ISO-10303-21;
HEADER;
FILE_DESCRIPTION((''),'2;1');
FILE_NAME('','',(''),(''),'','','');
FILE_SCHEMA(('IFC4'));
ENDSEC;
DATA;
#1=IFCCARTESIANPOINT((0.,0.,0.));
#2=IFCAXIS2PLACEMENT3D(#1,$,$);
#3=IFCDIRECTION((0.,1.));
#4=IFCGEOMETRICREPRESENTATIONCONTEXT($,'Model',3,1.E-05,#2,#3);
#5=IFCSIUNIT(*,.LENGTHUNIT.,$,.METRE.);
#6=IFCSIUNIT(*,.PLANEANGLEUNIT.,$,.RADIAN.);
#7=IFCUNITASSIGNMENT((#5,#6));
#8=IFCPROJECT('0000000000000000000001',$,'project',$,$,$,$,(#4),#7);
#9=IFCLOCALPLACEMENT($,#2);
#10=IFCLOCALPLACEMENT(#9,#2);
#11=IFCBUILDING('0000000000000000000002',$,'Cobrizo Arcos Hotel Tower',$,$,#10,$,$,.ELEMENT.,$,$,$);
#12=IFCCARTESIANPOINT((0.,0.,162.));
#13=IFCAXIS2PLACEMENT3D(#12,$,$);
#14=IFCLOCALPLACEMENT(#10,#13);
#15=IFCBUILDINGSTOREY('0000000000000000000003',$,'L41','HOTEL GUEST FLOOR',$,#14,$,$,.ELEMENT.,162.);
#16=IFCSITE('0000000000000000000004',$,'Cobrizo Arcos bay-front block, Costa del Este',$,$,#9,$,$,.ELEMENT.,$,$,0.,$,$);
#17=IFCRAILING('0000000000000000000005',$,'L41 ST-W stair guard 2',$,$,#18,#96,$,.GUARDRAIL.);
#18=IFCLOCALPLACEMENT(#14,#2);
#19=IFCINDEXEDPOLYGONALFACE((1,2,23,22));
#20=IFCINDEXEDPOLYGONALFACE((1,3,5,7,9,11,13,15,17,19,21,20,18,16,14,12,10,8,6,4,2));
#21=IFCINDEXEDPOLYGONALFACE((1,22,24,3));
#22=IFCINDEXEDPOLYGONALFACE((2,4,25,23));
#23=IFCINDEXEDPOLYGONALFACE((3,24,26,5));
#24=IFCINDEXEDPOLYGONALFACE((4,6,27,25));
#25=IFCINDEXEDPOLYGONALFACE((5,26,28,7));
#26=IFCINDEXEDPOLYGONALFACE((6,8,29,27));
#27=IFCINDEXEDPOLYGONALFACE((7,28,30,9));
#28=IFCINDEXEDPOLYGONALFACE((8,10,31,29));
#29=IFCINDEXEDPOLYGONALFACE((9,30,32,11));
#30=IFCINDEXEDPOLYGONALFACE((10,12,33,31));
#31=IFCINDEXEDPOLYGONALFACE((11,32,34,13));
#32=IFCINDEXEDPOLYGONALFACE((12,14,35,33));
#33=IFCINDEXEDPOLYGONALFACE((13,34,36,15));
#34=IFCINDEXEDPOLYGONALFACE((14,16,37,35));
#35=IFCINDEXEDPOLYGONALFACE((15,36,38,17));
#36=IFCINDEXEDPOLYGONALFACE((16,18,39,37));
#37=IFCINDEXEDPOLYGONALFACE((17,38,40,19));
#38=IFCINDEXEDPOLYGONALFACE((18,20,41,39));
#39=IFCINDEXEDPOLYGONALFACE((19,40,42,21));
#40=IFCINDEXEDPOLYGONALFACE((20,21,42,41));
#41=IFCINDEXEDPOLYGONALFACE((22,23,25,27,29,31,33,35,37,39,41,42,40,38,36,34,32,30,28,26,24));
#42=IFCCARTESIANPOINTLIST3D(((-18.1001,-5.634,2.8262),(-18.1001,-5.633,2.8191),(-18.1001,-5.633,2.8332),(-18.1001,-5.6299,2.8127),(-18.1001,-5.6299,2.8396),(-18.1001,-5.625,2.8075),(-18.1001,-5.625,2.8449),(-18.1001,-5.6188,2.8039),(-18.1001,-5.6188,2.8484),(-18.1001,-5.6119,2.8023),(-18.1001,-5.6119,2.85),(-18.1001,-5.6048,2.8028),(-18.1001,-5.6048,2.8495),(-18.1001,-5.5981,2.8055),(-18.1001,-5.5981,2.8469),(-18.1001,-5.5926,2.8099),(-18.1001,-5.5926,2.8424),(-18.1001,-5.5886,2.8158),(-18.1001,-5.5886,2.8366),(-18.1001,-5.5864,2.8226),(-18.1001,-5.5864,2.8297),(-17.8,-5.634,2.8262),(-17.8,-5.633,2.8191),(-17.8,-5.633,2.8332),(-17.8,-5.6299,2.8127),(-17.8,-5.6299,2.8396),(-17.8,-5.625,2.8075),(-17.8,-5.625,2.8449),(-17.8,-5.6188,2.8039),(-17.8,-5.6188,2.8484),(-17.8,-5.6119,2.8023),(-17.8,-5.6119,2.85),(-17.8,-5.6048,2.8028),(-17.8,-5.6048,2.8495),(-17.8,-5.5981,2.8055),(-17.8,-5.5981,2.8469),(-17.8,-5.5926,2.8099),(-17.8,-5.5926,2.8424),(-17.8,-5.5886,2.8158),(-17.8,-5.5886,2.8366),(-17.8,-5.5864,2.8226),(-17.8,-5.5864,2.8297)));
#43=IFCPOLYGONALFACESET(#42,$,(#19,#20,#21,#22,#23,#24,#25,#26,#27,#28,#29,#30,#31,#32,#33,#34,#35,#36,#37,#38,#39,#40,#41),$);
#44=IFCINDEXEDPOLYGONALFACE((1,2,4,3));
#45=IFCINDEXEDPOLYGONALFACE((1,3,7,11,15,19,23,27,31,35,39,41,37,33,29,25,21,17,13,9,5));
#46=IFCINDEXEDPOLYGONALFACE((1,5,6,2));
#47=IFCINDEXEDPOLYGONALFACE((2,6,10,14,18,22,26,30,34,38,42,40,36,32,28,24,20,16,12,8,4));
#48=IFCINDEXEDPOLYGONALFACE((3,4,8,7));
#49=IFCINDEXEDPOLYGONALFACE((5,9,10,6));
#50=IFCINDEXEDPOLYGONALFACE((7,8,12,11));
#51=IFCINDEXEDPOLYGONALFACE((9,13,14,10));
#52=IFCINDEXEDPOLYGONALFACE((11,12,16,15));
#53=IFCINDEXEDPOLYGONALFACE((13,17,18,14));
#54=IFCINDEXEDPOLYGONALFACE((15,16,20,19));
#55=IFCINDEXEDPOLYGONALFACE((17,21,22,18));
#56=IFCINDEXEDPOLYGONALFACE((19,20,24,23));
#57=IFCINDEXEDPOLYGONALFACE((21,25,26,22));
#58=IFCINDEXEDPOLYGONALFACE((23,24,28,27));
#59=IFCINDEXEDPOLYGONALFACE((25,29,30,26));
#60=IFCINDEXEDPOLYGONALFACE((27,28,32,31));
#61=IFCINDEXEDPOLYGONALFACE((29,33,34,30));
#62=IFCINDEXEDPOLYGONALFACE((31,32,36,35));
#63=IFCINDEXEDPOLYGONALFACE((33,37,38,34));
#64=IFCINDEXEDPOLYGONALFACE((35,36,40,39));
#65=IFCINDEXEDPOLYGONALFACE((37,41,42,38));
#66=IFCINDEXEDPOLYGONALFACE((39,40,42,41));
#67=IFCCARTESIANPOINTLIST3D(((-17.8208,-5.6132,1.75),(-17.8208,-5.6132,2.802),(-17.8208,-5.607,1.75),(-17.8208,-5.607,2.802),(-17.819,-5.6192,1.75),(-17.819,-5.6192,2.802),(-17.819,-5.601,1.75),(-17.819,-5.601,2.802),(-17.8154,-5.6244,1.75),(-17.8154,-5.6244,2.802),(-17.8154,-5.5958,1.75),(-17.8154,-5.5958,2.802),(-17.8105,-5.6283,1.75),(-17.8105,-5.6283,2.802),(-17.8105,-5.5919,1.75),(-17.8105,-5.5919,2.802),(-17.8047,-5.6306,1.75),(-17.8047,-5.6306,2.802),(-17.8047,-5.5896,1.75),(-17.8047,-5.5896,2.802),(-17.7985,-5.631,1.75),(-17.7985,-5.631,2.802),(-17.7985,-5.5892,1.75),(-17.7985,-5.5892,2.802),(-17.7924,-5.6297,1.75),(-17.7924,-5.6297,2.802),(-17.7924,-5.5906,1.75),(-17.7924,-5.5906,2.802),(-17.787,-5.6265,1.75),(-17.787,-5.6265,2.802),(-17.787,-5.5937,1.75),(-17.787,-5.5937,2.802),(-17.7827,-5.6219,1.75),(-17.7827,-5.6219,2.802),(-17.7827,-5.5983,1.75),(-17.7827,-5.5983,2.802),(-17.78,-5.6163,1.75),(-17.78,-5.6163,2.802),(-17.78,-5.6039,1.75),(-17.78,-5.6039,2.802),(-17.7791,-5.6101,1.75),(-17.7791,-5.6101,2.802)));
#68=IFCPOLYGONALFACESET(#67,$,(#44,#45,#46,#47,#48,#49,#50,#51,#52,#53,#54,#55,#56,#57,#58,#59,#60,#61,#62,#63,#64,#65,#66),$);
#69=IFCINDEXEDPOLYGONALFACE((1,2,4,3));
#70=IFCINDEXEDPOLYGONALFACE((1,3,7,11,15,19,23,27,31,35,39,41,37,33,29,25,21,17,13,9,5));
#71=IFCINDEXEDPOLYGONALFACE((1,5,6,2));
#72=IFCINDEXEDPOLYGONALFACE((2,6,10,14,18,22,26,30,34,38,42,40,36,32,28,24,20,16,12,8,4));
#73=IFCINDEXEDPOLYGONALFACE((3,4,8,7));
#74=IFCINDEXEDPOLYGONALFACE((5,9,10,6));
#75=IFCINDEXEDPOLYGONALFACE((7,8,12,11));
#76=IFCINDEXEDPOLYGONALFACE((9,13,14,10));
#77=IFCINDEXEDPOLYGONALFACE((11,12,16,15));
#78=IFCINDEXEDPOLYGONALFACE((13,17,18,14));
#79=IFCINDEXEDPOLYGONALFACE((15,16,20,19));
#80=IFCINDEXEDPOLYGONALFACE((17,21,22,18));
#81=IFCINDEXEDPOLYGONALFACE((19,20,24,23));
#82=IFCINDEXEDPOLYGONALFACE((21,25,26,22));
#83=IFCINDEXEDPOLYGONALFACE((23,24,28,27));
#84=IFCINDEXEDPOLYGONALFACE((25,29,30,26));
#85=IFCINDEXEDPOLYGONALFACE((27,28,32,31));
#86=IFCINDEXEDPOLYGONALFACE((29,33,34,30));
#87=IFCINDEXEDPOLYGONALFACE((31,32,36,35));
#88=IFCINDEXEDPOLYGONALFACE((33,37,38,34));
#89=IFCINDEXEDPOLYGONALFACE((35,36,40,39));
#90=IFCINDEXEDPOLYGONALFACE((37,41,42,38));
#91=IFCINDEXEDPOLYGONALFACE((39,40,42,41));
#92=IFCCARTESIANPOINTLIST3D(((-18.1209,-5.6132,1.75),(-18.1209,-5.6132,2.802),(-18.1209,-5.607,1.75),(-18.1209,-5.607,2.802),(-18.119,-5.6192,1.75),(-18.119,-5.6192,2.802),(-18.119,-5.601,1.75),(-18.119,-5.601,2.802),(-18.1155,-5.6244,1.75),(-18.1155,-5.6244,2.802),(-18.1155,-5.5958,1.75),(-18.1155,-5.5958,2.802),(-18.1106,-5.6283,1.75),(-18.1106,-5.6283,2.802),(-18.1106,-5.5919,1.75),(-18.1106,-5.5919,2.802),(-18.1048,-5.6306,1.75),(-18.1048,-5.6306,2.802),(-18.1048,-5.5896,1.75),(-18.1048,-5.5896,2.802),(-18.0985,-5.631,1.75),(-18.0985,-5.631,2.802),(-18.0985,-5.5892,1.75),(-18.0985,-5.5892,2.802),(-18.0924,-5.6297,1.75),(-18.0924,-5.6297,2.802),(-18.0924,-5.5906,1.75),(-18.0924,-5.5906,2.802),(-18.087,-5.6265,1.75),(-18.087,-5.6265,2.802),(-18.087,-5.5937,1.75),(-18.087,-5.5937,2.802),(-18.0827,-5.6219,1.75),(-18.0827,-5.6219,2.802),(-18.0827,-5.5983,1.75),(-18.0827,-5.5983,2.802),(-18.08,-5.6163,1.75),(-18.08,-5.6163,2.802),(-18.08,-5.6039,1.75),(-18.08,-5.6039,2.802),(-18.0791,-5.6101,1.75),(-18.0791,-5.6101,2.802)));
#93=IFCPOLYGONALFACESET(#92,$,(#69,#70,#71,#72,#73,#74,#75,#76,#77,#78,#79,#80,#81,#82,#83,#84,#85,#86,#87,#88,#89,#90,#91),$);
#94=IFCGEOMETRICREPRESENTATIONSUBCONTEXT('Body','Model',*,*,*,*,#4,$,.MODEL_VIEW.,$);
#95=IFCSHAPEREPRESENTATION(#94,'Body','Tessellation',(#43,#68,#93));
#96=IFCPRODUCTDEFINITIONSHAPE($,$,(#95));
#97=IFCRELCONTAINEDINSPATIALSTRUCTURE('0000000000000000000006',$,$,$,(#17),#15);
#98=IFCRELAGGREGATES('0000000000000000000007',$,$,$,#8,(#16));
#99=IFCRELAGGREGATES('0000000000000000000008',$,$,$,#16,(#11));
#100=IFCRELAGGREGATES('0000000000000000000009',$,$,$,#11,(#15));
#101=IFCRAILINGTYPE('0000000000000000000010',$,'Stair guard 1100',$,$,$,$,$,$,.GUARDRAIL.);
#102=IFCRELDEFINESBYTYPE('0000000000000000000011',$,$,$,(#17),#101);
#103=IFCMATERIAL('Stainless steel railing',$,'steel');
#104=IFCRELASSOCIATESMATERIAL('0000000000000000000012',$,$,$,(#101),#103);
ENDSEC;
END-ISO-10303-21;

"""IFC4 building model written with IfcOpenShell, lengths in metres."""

from ifc_helpers import new_model, si_unit, direction, frame, origin, origin_2d, place, context, subcontext, project, spatial, circle, extrude, material, type_object, element, save


model = new_model("IFC4")

# Units and contexts
model_context = context("Model", 3, precision=1e-05, world=origin(), true_north=direction((0.0, 1.0)))
body_context = subcontext(model_context, "Body", "Model", "MODEL_VIEW")
ifc_project = project(units=[si_unit("LENGTHUNIT", "METRE"), si_unit("PLANEANGLEUNIT", "RADIAN")], contexts=[model_context])

# Site, building, storey
site_placement = place(None, origin())
site = spatial("IfcSite", under=ifc_project, at=site_placement, Name="Cobrizo Arcos bay-front block, Costa del Este", CompositionType="ELEMENT", RefElevation=0.0)
building_placement = place(site_placement, origin())
building = spatial("IfcBuilding", under=site, at=building_placement, Name="Cobrizo Arcos Hotel Tower", CompositionType="ELEMENT")
storey_placement = place(building_placement, frame((0.0, 0.0, 162.0)))
storey = spatial("IfcBuildingStorey", under=building, at=storey_placement, Name="L41", Description="HOTEL GUEST FLOOR", CompositionType="ELEMENT", Elevation=162.0)

# Railing
ifc_material_1 = material(Name="Stainless steel railing", Category="steel")
railing_type_1 = type_object("IfcRailingType", Name="Stair guard 1100", PredefinedType="GUARDRAIL", material=ifc_material_1)
railing_1_placement = place(storey_placement, frame((-17.8, -5.6101, 1.75)))
element("IfcRailing", 1, at=railing_1_placement, inside=storey, type_object=railing_type_1, Name="L41 ST-W stair guard 2", PredefinedType="GUARDRAIL", context=body_context, shape_type="SweptSolid", body=[
    extrude(circle(Radius=0.0239, at=origin_2d()), frame((0.0, 0.0, 1.0762), z_axis=(-1.0, 0.0, 0.0), x_axis=(0.0, -1.0, 0.0)), (0.0, 0.0, 1.0), 0.3),
    extrude(circle(Radius=0.021, at=origin_2d()), origin(), (0.0, 0.0, 1.0), 1.052),
    extrude(circle(Radius=0.021, at=origin_2d()), frame((-0.3, 0.0, 0.0)), (0.0, 0.0, 1.0), 1.052),
])

save(model, "model.ifc")
